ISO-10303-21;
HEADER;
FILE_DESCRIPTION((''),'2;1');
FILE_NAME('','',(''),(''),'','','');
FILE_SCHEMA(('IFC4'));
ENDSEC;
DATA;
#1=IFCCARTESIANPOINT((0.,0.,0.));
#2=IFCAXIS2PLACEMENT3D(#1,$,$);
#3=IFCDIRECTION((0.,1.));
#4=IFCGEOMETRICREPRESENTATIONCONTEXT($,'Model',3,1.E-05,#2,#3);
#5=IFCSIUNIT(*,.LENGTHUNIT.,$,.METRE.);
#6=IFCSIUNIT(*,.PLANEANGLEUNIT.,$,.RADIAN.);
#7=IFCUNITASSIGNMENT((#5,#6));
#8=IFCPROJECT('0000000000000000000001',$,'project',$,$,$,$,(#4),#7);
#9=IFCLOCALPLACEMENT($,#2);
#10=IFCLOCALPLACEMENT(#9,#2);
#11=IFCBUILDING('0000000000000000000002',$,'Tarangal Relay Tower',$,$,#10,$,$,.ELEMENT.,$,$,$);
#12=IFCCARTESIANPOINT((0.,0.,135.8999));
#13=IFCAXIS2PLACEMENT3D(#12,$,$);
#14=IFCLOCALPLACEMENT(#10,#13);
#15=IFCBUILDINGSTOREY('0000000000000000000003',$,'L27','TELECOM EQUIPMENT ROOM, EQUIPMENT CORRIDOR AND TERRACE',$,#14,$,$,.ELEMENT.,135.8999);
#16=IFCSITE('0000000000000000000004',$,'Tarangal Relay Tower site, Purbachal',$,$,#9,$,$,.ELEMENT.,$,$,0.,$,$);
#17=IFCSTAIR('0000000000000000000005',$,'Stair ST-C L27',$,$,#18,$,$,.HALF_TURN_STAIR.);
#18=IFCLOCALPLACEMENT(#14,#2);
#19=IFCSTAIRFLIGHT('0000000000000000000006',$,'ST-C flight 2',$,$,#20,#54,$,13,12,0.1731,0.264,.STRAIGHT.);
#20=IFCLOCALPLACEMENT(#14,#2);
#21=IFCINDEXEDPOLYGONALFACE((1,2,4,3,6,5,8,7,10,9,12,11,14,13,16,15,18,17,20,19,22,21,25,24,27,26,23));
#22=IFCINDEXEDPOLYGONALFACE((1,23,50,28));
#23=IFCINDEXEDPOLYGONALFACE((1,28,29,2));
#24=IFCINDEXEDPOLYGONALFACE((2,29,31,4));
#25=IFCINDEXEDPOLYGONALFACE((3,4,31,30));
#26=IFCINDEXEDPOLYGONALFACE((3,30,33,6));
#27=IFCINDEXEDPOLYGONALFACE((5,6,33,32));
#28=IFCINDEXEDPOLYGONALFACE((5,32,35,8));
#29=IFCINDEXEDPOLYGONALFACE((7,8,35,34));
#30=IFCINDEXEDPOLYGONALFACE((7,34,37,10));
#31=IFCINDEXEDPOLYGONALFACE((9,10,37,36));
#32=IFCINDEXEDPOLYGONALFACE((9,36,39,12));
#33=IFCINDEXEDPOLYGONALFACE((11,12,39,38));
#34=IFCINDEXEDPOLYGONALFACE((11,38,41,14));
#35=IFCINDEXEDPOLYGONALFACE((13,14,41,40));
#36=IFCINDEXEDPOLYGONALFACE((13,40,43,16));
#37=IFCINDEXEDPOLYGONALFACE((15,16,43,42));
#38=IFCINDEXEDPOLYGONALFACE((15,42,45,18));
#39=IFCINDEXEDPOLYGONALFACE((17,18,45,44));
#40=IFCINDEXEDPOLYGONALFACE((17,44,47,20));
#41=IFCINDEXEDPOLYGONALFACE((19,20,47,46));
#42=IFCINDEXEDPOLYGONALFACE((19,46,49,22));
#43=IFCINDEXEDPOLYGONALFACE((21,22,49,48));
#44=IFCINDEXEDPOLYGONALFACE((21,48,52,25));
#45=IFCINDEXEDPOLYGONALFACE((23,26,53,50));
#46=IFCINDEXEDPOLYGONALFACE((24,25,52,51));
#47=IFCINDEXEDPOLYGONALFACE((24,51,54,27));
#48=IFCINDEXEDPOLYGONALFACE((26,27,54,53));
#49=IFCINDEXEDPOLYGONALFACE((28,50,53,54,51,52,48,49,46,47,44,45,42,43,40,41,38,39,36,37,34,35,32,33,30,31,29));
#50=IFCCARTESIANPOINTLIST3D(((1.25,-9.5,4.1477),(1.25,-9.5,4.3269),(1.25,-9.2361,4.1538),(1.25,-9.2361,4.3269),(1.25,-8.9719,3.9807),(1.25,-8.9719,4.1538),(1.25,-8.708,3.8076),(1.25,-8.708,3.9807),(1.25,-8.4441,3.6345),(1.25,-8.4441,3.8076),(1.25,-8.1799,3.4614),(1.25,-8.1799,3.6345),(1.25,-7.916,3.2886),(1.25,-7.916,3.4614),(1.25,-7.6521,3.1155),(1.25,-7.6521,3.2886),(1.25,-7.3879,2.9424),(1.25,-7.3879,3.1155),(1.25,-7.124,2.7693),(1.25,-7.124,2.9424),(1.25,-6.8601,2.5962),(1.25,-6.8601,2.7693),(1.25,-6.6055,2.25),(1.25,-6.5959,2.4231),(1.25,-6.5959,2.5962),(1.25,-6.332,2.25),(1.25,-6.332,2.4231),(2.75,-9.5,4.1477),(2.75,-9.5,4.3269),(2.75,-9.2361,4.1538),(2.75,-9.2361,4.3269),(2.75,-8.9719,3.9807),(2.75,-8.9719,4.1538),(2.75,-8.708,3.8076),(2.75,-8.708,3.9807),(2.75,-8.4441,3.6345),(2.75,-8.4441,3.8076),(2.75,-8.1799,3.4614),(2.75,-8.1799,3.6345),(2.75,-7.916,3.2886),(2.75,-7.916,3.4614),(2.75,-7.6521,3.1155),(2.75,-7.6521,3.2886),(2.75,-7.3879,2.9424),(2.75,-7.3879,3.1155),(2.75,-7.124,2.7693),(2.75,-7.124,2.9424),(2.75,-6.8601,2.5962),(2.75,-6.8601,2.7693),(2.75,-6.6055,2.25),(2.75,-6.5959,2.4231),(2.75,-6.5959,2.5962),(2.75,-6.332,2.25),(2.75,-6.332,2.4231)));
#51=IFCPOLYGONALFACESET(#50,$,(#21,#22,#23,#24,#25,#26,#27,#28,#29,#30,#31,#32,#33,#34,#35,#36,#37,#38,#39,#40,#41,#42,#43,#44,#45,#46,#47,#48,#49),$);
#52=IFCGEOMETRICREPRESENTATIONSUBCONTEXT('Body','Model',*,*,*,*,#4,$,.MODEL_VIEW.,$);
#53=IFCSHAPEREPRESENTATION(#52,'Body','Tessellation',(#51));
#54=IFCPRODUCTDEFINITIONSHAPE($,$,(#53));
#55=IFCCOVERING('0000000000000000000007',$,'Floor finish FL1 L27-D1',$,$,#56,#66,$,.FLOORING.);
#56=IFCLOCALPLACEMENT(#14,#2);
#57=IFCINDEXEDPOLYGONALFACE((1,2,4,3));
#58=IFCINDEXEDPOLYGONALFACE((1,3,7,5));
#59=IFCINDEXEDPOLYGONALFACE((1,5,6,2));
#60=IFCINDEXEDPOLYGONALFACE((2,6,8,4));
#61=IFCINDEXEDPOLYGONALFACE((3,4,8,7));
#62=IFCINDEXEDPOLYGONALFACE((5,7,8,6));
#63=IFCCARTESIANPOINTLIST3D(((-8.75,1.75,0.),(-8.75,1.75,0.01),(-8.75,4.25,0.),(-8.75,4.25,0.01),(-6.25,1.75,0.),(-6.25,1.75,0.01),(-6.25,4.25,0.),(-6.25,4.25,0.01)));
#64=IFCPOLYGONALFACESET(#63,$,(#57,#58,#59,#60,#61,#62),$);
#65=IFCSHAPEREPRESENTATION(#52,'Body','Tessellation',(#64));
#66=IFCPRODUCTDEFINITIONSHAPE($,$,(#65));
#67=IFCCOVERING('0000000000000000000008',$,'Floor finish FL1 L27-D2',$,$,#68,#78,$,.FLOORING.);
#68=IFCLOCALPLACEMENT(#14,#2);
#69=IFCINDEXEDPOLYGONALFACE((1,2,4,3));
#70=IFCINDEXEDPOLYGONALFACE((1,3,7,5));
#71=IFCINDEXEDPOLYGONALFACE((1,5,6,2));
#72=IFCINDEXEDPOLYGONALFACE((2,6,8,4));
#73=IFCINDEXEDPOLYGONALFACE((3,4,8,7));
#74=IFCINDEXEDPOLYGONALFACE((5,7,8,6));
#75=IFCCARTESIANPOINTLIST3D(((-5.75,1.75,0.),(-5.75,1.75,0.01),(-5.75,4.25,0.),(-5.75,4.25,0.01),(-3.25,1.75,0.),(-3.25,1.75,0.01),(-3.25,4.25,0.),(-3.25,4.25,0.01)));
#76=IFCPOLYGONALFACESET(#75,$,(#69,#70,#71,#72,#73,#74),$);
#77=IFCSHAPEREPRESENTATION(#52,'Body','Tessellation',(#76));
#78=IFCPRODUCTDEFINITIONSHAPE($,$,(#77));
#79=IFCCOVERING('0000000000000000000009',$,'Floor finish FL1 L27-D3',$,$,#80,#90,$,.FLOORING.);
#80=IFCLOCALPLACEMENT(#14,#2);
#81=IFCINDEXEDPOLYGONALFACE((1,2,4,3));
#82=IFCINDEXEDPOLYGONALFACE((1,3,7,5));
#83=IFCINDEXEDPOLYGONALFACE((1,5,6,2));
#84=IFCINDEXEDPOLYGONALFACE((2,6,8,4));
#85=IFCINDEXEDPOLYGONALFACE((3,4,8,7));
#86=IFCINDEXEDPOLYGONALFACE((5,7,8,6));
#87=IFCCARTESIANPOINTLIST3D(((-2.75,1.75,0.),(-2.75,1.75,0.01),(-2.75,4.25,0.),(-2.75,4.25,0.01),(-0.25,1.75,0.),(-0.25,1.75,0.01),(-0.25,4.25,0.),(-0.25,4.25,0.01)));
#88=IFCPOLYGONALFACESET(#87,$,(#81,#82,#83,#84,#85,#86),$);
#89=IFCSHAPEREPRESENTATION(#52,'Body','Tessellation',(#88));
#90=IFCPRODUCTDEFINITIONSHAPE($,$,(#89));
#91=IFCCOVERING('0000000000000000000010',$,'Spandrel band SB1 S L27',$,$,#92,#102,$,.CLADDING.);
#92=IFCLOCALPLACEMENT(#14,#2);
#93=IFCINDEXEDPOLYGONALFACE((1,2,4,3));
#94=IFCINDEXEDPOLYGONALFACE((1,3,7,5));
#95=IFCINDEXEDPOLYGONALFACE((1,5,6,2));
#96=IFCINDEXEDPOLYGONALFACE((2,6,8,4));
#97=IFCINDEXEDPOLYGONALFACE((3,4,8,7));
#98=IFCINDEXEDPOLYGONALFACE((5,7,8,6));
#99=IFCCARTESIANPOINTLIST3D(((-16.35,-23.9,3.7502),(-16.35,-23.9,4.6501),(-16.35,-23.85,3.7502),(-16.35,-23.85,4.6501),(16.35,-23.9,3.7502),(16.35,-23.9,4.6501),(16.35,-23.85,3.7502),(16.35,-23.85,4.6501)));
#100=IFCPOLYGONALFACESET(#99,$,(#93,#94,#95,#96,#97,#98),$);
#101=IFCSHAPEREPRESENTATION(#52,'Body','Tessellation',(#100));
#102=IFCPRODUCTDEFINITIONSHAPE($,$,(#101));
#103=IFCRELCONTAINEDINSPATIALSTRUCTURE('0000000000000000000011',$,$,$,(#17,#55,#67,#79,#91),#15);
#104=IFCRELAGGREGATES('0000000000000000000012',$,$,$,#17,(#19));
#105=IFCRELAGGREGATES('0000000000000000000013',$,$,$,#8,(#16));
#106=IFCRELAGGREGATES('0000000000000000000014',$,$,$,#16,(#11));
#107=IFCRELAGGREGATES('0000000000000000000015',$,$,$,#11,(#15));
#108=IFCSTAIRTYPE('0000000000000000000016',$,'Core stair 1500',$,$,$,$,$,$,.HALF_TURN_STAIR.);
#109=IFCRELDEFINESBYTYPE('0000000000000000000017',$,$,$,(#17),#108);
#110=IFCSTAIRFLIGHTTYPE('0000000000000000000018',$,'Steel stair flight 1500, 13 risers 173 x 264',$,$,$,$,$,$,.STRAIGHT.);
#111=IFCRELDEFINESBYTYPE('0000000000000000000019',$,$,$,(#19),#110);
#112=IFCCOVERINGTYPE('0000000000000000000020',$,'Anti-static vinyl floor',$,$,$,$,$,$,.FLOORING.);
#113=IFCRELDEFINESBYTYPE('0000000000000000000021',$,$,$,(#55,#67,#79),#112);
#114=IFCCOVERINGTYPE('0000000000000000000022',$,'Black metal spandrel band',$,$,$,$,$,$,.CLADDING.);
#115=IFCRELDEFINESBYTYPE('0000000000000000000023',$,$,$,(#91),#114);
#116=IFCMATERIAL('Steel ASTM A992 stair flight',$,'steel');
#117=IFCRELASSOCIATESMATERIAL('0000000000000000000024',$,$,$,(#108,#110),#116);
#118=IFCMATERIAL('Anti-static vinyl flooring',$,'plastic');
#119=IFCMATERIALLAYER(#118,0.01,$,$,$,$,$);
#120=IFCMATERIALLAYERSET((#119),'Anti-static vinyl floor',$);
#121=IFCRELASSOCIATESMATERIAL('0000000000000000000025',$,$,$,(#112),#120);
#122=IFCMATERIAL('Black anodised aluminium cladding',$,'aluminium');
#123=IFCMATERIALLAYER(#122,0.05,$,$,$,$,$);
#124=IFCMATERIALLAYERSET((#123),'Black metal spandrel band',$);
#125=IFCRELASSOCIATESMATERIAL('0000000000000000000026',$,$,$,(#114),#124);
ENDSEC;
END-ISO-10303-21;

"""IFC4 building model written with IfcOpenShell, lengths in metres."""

from ifc_helpers import new_model, si_unit, direction, frame, origin, origin_2d, place, context, subcontext, project, spatial, polyline, rectangle, outline, extrude, material, layer, layer_set, type_object, element, aggregate, save


model = new_model("IFC4")

# Units and contexts
model_context = context("Model", 3, precision=1e-05, world=origin(), true_north=direction((0.0, 1.0)))
body_context = subcontext(model_context, "Body", "Model", "MODEL_VIEW")
ifc_project = project(units=[si_unit("LENGTHUNIT", "METRE"), si_unit("PLANEANGLEUNIT", "RADIAN")], contexts=[model_context])

# Site, building, storey
site_placement = place(None, origin())
site = spatial("IfcSite", under=ifc_project, at=site_placement, Name="Tarangal Relay Tower site, Purbachal", CompositionType="ELEMENT", RefElevation=0.0)
building_placement = place(site_placement, origin())
building = spatial("IfcBuilding", under=site, at=building_placement, Name="Tarangal Relay Tower", CompositionType="ELEMENT")
storey_placement = place(building_placement, frame((0.0, 0.0, 135.8999)))
storey = spatial("IfcBuildingStorey", under=building, at=storey_placement, Name="L27", Description="TELECOM EQUIPMENT ROOM, EQUIPMENT CORRIDOR AND TERRACE", CompositionType="ELEMENT", Elevation=135.8999)

# Stair, stair flight
ifc_material_1 = material(Name="Steel ASTM A992 stair flight", Category="steel")
stair_type = type_object("IfcStairType", Name="Core stair 1500", PredefinedType="HALF_TURN_STAIR", material=ifc_material_1)
stair_placement = place(storey_placement, origin())
stair = element("IfcStair", 1, at=stair_placement, inside=storey, type_object=stair_type, Name="Stair ST-C L27", PredefinedType="HALF_TURN_STAIR")
stair_flight_type = type_object("IfcStairFlightType", Name="Steel stair flight 1500, 13 risers 173 x 264", PredefinedType="STRAIGHT", material=ifc_material_1)
stair_flight_placement = place(storey_placement, frame((2.0, -6.332, 2.25), z_axis=(0.0, 0.0, 1.0), x_axis=(0.0, -1.0, 0.0)))
stair_flight = element("IfcStairFlight", 2, at=stair_flight_placement, type_object=stair_flight_type, Name="ST-C flight 2", NumberOfRisers=13, NumberOfTreads=12, PredefinedType="STRAIGHT", RiserHeight=0.1731, TreadLength=0.264, context=body_context, shape_type="SweptSolid", body=[
    extrude(outline(polyline([(0.0, 0.0), (0.0, 0.1731), (0.2639, 0.1731), (0.2639, 0.3462), (0.5281, 0.3462), (0.5281, 0.5193), (0.792, 0.5193), (0.792, 0.6924), (1.0559, 0.6924), (1.0559, 0.8655), (1.3201, 0.8655), (1.3201, 1.0386), (1.584, 1.0386), (1.584, 1.2114), (1.8479, 1.2114), (1.8479, 1.3845), (2.1121, 1.3845), (2.1121, 1.5576), (2.376, 1.5576), (2.376, 1.7307), (2.6399, 1.7307), (2.6399, 1.9038), (2.9041, 1.9038), (2.9041, 2.0769), (3.168, 2.0769), (3.168, 2.25), (3.168, 1.8977), (0.2734, 0.0), (0.0, 0.0)])), frame((0.0, 0.75, 0.0), z_axis=(0.0, -1.0, 0.0), x_axis=(1.0, 0.0, 0.0)), (0.0, 0.0, 1.0), 1.5),
])
aggregate(stair, [stair_flight])

# Coverings
ifc_material_2 = material(Name="Anti-static vinyl flooring", Category="plastic")
ifc_layer_1 = layer(ifc_material_2, 0.01)
ifc_layer_set_1 = layer_set([ifc_layer_1], Name="Anti-static vinyl floor")
covering_type_1 = type_object("IfcCoveringType", Name="Anti-static vinyl floor", PredefinedType="FLOORING", material=ifc_layer_set_1)
covering_1_placement = place(storey_placement, origin())
element("IfcCovering", 3, at=covering_1_placement, inside=storey, type_object=covering_type_1, Name="Floor finish FL1 L27-D1", PredefinedType="FLOORING", context=body_context, shape_type="SweptSolid", body=[
    extrude(outline(polyline([(-8.75, 1.75), (-6.25, 1.75), (-6.25, 4.25), (-8.75, 4.25), (-8.75, 1.75)])), origin(), (0.0, 0.0, 1.0), 0.01),
])
covering_2_placement = place(storey_placement, origin())
element("IfcCovering", 4, at=covering_2_placement, inside=storey, type_object=covering_type_1, Name="Floor finish FL1 L27-D2", PredefinedType="FLOORING", context=body_context, shape_type="SweptSolid", body=[
    extrude(outline(polyline([(-5.75, 1.75), (-3.25, 1.75), (-3.25, 4.25), (-5.75, 4.25), (-5.75, 1.75)])), origin(), (0.0, 0.0, 1.0), 0.01),
])
covering_3_placement = place(storey_placement, origin())
element("IfcCovering", 5, at=covering_3_placement, inside=storey, type_object=covering_type_1, Name="Floor finish FL1 L27-D3", PredefinedType="FLOORING", context=body_context, shape_type="SweptSolid", body=[
    extrude(outline(polyline([(-2.75, 1.75), (-0.25, 1.75), (-0.25, 4.25), (-2.75, 4.25), (-2.75, 1.75)])), origin(), (0.0, 0.0, 1.0), 0.01),
])
ifc_material_3 = material(Name="Black anodised aluminium cladding", Category="aluminium")
ifc_layer_2 = layer(ifc_material_3, 0.05)
ifc_layer_set_2 = layer_set([ifc_layer_2], Name="Black metal spandrel band")
covering_type_2 = type_object("IfcCoveringType", Name="Black metal spandrel band", PredefinedType="CLADDING", material=ifc_layer_set_2)
covering_4_placement = place(storey_placement, frame((0.0, -23.875, 3.7502), z_axis=(0.0, 0.0, 1.0), x_axis=(-1.0, 0.0, 0.0)))
element("IfcCovering", 6, at=covering_4_placement, inside=storey, type_object=covering_type_2, Name="Spandrel band SB1 S L27", PredefinedType="CLADDING", context=body_context, shape_type="SweptSolid", body=[
    extrude(rectangle(XDim=32.7, YDim=0.05, at=origin_2d()), origin(), (0.0, 0.0, 1.0), 0.8999),
])

save(model, "model.ifc")
